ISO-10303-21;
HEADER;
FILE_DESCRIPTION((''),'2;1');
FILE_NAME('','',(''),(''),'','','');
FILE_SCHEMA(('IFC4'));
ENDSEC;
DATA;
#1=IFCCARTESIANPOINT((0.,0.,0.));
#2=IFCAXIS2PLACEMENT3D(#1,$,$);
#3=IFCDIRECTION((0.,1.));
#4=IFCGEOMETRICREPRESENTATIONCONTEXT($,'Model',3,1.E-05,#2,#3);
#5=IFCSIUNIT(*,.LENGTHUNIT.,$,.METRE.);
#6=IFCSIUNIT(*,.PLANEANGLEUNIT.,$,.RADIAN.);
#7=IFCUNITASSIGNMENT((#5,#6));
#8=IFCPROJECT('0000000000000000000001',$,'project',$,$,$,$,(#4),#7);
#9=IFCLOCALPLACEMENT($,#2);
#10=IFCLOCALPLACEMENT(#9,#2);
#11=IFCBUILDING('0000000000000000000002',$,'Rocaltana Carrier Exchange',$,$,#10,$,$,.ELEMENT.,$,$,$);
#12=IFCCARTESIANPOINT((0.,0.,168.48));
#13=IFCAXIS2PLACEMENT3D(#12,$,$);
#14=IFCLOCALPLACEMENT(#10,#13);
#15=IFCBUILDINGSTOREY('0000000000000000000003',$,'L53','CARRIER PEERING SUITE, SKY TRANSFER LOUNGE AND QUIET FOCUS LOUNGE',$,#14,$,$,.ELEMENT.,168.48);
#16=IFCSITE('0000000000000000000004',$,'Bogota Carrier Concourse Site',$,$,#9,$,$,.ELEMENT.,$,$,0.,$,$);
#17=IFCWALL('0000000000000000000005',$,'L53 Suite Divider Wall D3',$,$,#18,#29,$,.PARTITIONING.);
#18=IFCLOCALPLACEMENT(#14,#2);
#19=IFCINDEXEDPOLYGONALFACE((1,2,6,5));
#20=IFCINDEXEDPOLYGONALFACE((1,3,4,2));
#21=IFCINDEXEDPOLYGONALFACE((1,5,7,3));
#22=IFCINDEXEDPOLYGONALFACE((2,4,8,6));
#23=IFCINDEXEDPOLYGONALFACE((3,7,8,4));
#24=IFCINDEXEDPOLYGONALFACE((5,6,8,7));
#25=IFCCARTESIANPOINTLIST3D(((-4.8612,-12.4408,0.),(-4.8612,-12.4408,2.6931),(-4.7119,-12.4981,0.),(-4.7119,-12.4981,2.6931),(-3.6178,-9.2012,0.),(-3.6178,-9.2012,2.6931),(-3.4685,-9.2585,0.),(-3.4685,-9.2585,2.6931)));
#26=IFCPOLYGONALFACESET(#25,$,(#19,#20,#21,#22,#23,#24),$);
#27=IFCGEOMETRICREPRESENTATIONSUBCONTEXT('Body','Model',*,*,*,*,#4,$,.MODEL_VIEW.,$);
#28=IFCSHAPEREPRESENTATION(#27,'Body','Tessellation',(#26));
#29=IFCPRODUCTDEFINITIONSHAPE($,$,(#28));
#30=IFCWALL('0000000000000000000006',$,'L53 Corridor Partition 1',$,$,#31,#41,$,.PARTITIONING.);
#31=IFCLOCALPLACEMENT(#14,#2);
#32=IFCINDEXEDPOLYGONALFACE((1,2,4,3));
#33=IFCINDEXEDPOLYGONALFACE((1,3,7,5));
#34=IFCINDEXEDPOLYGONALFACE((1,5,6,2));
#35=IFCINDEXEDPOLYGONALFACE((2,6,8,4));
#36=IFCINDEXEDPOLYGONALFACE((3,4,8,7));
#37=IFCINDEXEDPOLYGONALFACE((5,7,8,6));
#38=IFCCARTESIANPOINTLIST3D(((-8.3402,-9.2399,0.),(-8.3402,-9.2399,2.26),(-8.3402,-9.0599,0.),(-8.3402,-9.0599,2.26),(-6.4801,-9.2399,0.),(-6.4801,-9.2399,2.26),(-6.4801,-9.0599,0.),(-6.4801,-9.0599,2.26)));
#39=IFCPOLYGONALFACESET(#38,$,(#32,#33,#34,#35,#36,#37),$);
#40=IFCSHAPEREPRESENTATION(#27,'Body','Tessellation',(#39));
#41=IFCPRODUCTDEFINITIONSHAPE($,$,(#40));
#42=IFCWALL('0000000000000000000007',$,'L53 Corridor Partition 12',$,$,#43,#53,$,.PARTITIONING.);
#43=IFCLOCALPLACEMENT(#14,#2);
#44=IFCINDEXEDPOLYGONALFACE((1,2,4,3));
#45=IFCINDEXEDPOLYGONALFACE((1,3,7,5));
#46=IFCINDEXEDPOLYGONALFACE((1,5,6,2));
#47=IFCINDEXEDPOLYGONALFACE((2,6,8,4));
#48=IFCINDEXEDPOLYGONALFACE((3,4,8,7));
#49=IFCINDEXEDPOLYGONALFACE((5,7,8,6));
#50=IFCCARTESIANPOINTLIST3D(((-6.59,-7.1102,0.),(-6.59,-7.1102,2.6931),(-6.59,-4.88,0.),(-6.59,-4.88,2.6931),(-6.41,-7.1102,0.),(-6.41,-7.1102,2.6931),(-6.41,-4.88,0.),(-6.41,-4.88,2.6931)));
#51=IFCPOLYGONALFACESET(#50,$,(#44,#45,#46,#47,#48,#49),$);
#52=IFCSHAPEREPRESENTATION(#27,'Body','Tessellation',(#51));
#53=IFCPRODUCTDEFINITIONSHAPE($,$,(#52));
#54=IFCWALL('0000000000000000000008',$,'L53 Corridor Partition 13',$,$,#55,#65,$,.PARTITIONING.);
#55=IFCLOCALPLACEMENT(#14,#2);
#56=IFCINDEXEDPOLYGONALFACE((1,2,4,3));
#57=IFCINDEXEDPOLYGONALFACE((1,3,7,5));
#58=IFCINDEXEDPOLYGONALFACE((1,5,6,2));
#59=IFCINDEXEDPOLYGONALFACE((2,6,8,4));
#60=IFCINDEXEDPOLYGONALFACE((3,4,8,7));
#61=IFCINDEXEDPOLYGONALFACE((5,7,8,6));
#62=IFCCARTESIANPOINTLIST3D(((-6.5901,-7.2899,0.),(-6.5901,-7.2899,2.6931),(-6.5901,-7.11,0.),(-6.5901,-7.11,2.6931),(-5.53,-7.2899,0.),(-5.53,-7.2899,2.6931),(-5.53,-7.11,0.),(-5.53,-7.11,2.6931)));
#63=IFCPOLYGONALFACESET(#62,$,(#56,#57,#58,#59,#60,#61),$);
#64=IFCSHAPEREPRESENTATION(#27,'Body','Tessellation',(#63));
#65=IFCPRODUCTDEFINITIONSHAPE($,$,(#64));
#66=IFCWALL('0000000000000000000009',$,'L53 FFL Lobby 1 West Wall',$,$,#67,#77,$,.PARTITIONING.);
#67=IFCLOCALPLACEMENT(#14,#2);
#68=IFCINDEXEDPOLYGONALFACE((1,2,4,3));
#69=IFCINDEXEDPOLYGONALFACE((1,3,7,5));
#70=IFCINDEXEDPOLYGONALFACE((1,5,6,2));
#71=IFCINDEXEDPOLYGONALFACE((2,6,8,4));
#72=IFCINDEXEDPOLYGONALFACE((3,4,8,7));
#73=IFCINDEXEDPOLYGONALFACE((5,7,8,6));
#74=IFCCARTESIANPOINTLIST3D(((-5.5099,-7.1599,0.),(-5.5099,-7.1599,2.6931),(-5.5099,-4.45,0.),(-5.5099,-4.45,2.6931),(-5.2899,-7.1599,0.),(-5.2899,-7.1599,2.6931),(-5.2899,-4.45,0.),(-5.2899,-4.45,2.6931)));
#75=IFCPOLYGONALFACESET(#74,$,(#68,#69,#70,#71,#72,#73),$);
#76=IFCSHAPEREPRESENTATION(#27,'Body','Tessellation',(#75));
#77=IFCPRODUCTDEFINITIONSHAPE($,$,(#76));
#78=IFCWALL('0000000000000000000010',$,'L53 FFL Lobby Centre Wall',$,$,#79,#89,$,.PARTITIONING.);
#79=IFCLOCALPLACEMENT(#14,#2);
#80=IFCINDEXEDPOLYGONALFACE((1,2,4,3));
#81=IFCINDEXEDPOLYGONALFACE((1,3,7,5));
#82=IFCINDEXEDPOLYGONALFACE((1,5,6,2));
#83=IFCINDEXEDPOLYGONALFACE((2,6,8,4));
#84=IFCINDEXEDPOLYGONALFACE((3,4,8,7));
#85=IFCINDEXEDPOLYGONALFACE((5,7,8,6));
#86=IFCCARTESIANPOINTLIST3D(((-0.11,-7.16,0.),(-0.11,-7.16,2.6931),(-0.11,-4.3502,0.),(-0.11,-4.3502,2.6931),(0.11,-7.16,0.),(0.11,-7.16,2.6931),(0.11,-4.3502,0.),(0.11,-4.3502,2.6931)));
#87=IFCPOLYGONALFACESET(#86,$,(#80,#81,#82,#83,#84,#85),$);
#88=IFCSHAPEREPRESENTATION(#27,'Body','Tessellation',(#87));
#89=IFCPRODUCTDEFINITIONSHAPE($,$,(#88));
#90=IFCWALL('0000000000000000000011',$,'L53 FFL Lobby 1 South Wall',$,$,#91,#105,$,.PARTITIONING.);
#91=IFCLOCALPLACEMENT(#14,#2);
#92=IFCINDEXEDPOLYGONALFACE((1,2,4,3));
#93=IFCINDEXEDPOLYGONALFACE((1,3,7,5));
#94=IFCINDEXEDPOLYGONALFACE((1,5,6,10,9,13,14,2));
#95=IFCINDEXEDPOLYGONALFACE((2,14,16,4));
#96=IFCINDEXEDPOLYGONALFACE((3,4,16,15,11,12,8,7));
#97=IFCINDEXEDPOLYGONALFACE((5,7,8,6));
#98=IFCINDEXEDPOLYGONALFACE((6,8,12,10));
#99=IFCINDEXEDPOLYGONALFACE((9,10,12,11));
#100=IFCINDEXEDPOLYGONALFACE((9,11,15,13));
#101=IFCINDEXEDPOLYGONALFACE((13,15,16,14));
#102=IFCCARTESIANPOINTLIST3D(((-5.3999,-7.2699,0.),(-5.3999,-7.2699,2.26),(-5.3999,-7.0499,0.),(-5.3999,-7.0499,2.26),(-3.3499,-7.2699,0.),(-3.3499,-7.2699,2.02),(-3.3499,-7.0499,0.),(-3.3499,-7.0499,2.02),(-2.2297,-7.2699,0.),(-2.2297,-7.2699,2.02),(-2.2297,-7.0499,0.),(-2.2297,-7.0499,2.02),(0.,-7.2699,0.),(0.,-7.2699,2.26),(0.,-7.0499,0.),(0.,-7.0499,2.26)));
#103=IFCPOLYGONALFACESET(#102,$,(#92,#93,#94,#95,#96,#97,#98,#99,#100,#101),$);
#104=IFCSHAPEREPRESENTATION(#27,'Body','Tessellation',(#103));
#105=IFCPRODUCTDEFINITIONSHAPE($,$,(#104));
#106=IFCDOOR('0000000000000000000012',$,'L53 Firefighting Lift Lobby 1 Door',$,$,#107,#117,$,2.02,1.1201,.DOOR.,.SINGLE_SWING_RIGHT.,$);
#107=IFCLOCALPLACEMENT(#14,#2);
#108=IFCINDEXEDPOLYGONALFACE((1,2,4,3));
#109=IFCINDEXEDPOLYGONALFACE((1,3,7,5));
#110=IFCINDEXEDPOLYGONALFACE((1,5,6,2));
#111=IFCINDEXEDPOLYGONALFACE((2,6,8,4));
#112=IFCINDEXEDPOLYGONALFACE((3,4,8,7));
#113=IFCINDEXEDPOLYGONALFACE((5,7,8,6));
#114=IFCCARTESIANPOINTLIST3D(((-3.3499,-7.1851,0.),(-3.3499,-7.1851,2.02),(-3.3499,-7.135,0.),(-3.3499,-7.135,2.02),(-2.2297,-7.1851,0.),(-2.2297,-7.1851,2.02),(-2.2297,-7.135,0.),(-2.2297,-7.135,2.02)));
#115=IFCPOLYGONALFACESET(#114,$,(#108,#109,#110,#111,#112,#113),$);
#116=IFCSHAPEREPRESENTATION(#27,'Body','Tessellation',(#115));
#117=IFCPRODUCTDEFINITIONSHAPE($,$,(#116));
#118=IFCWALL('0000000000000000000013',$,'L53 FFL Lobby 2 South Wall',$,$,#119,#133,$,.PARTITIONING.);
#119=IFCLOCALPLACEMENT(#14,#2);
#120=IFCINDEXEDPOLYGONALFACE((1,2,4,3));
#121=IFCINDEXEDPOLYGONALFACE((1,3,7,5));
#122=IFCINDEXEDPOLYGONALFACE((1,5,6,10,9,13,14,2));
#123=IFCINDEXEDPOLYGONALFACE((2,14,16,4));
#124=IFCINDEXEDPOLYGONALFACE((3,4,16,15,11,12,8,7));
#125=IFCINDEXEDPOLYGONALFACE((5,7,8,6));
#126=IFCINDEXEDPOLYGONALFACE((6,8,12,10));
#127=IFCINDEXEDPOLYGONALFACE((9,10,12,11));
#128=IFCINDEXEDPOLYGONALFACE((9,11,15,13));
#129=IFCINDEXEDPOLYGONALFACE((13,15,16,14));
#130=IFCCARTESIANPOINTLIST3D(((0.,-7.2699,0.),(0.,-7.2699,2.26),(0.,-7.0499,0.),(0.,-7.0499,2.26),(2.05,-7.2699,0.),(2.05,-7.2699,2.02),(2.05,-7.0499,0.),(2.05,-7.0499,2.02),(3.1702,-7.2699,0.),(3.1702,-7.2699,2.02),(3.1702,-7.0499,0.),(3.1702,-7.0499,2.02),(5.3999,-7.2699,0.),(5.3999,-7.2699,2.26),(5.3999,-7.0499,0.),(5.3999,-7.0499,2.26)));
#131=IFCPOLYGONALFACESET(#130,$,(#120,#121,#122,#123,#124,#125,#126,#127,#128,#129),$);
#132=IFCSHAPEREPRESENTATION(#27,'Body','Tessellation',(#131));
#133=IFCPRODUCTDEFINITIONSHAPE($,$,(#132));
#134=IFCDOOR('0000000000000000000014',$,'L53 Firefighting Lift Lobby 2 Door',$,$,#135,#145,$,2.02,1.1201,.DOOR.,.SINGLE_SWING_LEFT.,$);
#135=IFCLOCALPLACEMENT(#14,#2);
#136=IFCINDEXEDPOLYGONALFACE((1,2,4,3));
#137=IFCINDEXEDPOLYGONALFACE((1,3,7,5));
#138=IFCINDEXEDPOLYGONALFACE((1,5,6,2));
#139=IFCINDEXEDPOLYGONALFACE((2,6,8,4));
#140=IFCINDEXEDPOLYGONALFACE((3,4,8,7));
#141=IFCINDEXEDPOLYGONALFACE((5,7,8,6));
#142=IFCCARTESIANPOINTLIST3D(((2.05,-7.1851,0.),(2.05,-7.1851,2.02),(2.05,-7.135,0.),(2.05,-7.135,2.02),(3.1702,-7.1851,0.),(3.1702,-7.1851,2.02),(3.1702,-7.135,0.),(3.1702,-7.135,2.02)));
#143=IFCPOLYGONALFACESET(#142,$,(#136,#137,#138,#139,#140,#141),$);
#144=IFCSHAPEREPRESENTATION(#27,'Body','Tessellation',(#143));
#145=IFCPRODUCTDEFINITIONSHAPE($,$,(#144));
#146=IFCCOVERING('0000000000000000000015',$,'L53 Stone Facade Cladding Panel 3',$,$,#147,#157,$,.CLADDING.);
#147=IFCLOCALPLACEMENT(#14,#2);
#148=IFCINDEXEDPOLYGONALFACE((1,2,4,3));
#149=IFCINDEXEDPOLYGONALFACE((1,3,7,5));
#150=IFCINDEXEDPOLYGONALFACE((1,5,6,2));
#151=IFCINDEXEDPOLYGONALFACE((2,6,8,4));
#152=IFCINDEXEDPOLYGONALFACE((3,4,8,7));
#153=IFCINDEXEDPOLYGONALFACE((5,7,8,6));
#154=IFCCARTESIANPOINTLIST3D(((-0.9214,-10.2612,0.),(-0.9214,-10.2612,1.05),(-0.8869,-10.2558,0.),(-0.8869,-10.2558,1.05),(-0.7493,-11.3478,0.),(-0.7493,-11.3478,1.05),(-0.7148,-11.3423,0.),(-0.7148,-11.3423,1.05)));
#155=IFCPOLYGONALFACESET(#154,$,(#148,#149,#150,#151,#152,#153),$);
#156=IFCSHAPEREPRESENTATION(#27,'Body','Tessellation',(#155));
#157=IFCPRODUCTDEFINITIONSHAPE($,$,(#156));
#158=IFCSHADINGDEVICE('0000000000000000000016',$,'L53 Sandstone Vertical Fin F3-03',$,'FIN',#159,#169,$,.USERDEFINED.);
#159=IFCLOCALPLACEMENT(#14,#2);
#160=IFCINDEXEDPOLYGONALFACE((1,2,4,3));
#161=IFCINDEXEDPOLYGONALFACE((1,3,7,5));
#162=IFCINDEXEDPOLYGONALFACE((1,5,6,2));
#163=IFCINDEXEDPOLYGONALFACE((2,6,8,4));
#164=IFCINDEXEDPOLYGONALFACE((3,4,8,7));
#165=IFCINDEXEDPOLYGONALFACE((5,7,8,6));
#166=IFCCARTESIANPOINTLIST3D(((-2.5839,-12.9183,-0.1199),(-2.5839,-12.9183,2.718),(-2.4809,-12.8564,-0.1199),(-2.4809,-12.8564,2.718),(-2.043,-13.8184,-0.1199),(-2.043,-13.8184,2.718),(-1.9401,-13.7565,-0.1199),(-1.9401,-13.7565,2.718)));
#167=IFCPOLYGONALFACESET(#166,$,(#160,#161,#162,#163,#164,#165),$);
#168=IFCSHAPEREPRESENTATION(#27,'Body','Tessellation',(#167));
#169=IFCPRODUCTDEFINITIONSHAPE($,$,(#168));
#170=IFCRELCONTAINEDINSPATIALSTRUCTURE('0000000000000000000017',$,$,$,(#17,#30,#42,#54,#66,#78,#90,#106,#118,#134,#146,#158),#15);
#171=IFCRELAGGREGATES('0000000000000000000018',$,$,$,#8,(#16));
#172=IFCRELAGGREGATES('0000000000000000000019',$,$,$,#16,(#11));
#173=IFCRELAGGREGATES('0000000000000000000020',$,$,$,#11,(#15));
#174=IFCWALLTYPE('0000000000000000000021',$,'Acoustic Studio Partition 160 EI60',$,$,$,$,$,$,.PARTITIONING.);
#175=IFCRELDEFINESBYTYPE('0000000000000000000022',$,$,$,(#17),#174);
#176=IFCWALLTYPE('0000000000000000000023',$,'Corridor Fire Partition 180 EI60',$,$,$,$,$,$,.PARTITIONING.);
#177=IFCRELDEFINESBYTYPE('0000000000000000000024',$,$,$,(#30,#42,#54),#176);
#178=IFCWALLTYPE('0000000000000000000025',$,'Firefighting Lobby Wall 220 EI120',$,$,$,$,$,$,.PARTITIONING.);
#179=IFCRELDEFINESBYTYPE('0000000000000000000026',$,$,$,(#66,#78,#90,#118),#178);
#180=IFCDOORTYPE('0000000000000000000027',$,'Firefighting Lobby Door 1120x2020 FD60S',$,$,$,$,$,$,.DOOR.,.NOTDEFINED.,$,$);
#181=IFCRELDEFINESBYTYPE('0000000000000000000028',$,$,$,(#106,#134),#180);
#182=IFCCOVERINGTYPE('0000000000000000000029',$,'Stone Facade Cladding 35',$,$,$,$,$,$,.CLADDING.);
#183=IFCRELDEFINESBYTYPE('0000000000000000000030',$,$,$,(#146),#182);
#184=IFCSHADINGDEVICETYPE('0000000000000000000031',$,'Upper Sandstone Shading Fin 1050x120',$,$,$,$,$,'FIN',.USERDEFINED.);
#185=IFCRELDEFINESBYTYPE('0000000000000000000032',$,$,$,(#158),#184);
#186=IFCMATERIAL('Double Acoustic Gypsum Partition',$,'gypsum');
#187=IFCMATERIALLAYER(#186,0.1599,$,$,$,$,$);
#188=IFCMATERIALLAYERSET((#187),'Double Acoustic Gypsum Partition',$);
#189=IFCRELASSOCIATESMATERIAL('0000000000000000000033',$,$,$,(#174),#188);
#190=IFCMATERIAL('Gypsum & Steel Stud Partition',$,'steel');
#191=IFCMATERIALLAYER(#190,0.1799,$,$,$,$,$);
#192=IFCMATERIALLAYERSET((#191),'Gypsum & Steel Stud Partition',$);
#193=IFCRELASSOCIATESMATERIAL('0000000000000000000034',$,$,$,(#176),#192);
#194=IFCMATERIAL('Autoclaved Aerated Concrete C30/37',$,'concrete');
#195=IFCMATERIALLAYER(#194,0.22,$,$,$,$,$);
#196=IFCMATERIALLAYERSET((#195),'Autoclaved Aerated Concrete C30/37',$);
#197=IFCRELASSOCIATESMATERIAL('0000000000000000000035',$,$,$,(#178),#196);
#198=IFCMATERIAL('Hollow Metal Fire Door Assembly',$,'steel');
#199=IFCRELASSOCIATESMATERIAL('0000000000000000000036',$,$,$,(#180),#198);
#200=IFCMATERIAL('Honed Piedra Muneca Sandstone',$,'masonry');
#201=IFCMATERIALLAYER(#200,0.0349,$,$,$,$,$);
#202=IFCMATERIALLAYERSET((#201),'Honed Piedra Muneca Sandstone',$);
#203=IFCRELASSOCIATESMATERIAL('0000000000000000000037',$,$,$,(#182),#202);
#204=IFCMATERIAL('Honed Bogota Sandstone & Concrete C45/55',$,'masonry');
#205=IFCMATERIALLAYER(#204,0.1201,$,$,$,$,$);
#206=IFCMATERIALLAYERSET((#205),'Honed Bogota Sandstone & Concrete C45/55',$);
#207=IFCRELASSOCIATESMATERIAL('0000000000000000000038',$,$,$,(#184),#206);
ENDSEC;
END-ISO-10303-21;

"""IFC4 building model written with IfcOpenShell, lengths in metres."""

from ifc_helpers import new_model, si_unit, direction, frame, frame_2d, origin, origin_2d, place, context, subcontext, project, spatial, rectangle, extrude, material, layer, layer_set, type_object, element, fill, save


model = new_model("IFC4")

# Units and contexts
model_context = context("Model", 3, precision=1e-05, world=origin(), true_north=direction((0.0, 1.0)))
body_context = subcontext(model_context, "Body", "Model", "MODEL_VIEW")
ifc_project = project(units=[si_unit("LENGTHUNIT", "METRE"), si_unit("PLANEANGLEUNIT", "RADIAN")], contexts=[model_context])

# Site, building, storey
site_placement = place(None, origin())
site = spatial("IfcSite", under=ifc_project, at=site_placement, Name="Bogota Carrier Concourse Site", CompositionType="ELEMENT", RefElevation=0.0)
building_placement = place(site_placement, origin())
building = spatial("IfcBuilding", under=site, at=building_placement, Name="Rocaltana Carrier Exchange", CompositionType="ELEMENT")
storey_placement = place(building_placement, frame((0.0, 0.0, 168.48)))
storey = spatial("IfcBuildingStorey", under=building, at=storey_placement, Name="L53", Description="CARRIER PEERING SUITE, SKY TRANSFER LOUNGE AND QUIET FOCUS LOUNGE", CompositionType="ELEMENT", Elevation=168.48)

# Walls
ifc_material_1 = material(Name="Double Acoustic Gypsum Partition", Category="gypsum")
ifc_layer_1 = layer(ifc_material_1, 0.1599)
ifc_layer_set_1 = layer_set([ifc_layer_1], Name="Double Acoustic Gypsum Partition")
wall_type_1 = type_object("IfcWallType", Name="Acoustic Studio Partition 160 EI60", PredefinedType="PARTITIONING", material=ifc_layer_set_1)
wall_1_placement = place(storey_placement, frame((-3.5432, -9.23, 0.0), z_axis=(0.0, 0.0, 1.0), x_axis=(-0.358338, -0.933592, 0.0)))
element("IfcWall", 1, at=wall_1_placement, inside=storey, type_object=wall_type_1, Name="L53 Suite Divider Wall D3", PredefinedType="PARTITIONING", context=body_context, shape_type="SweptSolid", body=[
    extrude(rectangle(XDim=3.47, YDim=0.1599, at=frame_2d((1.7349, 0.0))), origin(), (0.0, 0.0, 1.0), 2.6931),
])
ifc_material_2 = material(Name="Gypsum & Steel Stud Partition", Category="steel")
ifc_layer_2 = layer(ifc_material_2, 0.1799)
ifc_layer_set_2 = layer_set([ifc_layer_2], Name="Gypsum & Steel Stud Partition")
wall_type_2 = type_object("IfcWallType", Name="Corridor Fire Partition 180 EI60", PredefinedType="PARTITIONING", material=ifc_layer_set_2)
wall_2_placement = place(storey_placement, frame((-6.48, -9.1499, 0.0), z_axis=(0.0, 0.0, 1.0), x_axis=(-1.0, 0.0, 0.0)))
element("IfcWall", 2, at=wall_2_placement, inside=storey, type_object=wall_type_2, Name="L53 Corridor Partition 1", PredefinedType="PARTITIONING", context=body_context, shape_type="SweptSolid", body=[
    extrude(rectangle(XDim=1.8601, YDim=0.1799, at=frame_2d((0.9302, 0.0))), origin(), (0.0, 0.0, 1.0), 2.26),
])
wall_3_placement = place(storey_placement, frame((-6.5, -4.8799, 0.0), z_axis=(0.0, 0.0, 1.0), x_axis=(0.0, -1.0, 0.0)))
element("IfcWall", 3, at=wall_3_placement, inside=storey, type_object=wall_type_2, Name="L53 Corridor Partition 12", PredefinedType="PARTITIONING", context=body_context, shape_type="SweptSolid", body=[
    extrude(rectangle(XDim=2.2302, YDim=0.1799, at=frame_2d((1.1152, 0.0))), origin(), (0.0, 0.0, 1.0), 2.6931),
])
wall_4_placement = place(storey_placement, frame((-6.5901, -7.2, 0.0), z_axis=(0.0, 0.0, 1.0), x_axis=(1.0, 0.0, 0.0)))
element("IfcWall", 4, at=wall_4_placement, inside=storey, type_object=wall_type_2, Name="L53 Corridor Partition 13", PredefinedType="PARTITIONING", context=body_context, shape_type="SweptSolid", body=[
    extrude(rectangle(XDim=1.0601, YDim=0.1799, at=frame_2d((0.53, 0.0))), origin(), (0.0, 0.0, 1.0), 2.6931),
])
ifc_material_3 = material(Name="Autoclaved Aerated Concrete C30/37", Category="concrete")
ifc_layer_3 = layer(ifc_material_3, 0.22)
ifc_layer_set_3 = layer_set([ifc_layer_3], Name="Autoclaved Aerated Concrete C30/37")
wall_type_3 = type_object("IfcWallType", Name="Firefighting Lobby Wall 220 EI120", PredefinedType="PARTITIONING", material=ifc_layer_set_3)
wall_5_placement = place(storey_placement, frame((-5.3999, -7.1599, 0.0), z_axis=(0.0, 0.0, 1.0), x_axis=(0.0, 1.0, 0.0)))
element("IfcWall", 5, at=wall_5_placement, inside=storey, type_object=wall_type_3, Name="L53 FFL Lobby 1 West Wall", PredefinedType="PARTITIONING", context=body_context, shape_type="SweptSolid", body=[
    extrude(rectangle(XDim=2.71, YDim=0.22, at=frame_2d((1.355, 0.0))), origin(), (0.0, 0.0, 1.0), 2.6931),
])
wall_6_placement = place(storey_placement, frame((0.0, -7.1599, 0.0), z_axis=(0.0, 0.0, 1.0), x_axis=(0.0, 1.0, 0.0)))
element("IfcWall", 6, at=wall_6_placement, inside=storey, type_object=wall_type_3, Name="L53 FFL Lobby Centre Wall", PredefinedType="PARTITIONING", context=body_context, shape_type="SweptSolid", body=[
    extrude(rectangle(XDim=2.8098, YDim=0.22, at=frame_2d((1.4048, 0.0))), origin(), (0.0, 0.0, 1.0), 2.6931),
])

# Walls, openings, doors
wall_7_placement = place(storey_placement, frame((-5.3999, -7.1599, 0.0), z_axis=(0.0, 0.0, 1.0), x_axis=(1.0, 0.0, 0.0)))
wall_7 = element("IfcWall", 7, at=wall_7_placement, inside=storey, type_object=wall_type_3, Name="L53 FFL Lobby 1 South Wall", PredefinedType="PARTITIONING", context=body_context, shape_type="SweptSolid", body=[
    extrude(rectangle(XDim=5.3999, YDim=0.22, at=frame_2d((2.7, 0.0))), origin(), (0.0, 0.0, 1.0), 2.26),
])
opening_1_placement = place(wall_7_placement, frame((2.05, 0.0, 0.0)))
opening_1 = element("IfcOpeningElement", 8, at=opening_1_placement, cuts=wall_7, PredefinedType="OPENING", context=body_context, shape_type="SweptSolid", body=[
    extrude(rectangle(XDim=1.1201, YDim=2.02, at=frame_2d((0.5601, 1.01))), frame((0.0, 0.1199, 0.0), z_axis=(0.0, -1.0, 0.0), x_axis=(1.0, 0.0, 0.0)), (0.0, 0.0, 1.0), 0.24),
])
ifc_material_4 = material(Name="Hollow Metal Fire Door Assembly", Category="steel")
door_type = type_object("IfcDoorType", Name="Firefighting Lobby Door 1120x2020 FD60S", OperationType="NOTDEFINED", PredefinedType="DOOR", material=ifc_material_4)
door_1_placement = place(opening_1_placement, origin())
door_1 = element("IfcDoor", 9, at=door_1_placement, inside=storey, type_object=door_type, Name="L53 Firefighting Lift Lobby 1 Door", OperationType="SINGLE_SWING_RIGHT", OverallHeight=2.02, OverallWidth=1.1201, PredefinedType="DOOR", context=body_context, shape_type="SweptSolid", body=[
    extrude(rectangle(XDim=1.1201, YDim=2.02, at=frame_2d((0.5601, 1.01))), frame((0.0, 0.0249, 0.0), z_axis=(0.0, -1.0, 0.0), x_axis=(1.0, 0.0, 0.0)), (0.0, 0.0, 1.0), 0.05),
])
fill(opening_1, door_1)
wall_8_placement = place(storey_placement, frame((0.0, -7.1599, 0.0), z_axis=(0.0, 0.0, 1.0), x_axis=(1.0, 0.0, 0.0)))
wall_8 = element("IfcWall", 10, at=wall_8_placement, inside=storey, type_object=wall_type_3, Name="L53 FFL Lobby 2 South Wall", PredefinedType="PARTITIONING", context=body_context, shape_type="SweptSolid", body=[
    extrude(rectangle(XDim=5.3999, YDim=0.22, at=frame_2d((2.7, 0.0))), origin(), (0.0, 0.0, 1.0), 2.26),
])
opening_2_placement = place(wall_8_placement, frame((2.05, 0.0, 0.0)))
opening_2 = element("IfcOpeningElement", 11, at=opening_2_placement, cuts=wall_8, PredefinedType="OPENING", context=body_context, shape_type="SweptSolid", body=[
    extrude(rectangle(XDim=1.1201, YDim=2.02, at=frame_2d((0.5601, 1.01))), frame((0.0, 0.1199, 0.0), z_axis=(0.0, -1.0, 0.0), x_axis=(1.0, 0.0, 0.0)), (0.0, 0.0, 1.0), 0.24),
])
door_2_placement = place(opening_2_placement, origin())
door_2 = element("IfcDoor", 12, at=door_2_placement, inside=storey, type_object=door_type, Name="L53 Firefighting Lift Lobby 2 Door", OperationType="SINGLE_SWING_LEFT", OverallHeight=2.02, OverallWidth=1.1201, PredefinedType="DOOR", context=body_context, shape_type="SweptSolid", body=[
    extrude(rectangle(XDim=1.1201, YDim=2.02, at=frame_2d((0.5601, 1.01))), frame((0.0, 0.0249, 0.0), z_axis=(0.0, -1.0, 0.0), x_axis=(1.0, 0.0, 0.0)), (0.0, 0.0, 1.0), 0.05),
])
fill(opening_2, door_2)

# Covering
ifc_material_5 = material(Name="Honed Piedra Muneca Sandstone", Category="masonry")
ifc_layer_4 = layer(ifc_material_5, 0.0349)
ifc_layer_set_4 = layer_set([ifc_layer_4], Name="Honed Piedra Muneca Sandstone")
covering_type = type_object("IfcCoveringType", Name="Stone Facade Cladding 35", PredefinedType="CLADDING", material=ifc_layer_set_4)
covering_placement = place(storey_placement, frame((-0.8181, -10.8018, 0.0), z_axis=(0.0, 0.0, 1.0), x_axis=(-0.156434, 0.987688, 0.0)))
element("IfcCovering", 13, at=covering_placement, inside=storey, type_object=covering_type, Name="L53 Stone Facade Cladding Panel 3", PredefinedType="CLADDING", context=body_context, shape_type="SweptSolid", body=[
    extrude(rectangle(XDim=1.1001, YDim=0.0349, at=origin_2d()), origin(), (0.0, 0.0, 1.0), 1.05),
])

# Shading device
ifc_material_6 = material(Name="Honed Bogota Sandstone & Concrete C45/55", Category="masonry")
ifc_layer_5 = layer(ifc_material_6, 0.1201)
ifc_layer_set_5 = layer_set([ifc_layer_5], Name="Honed Bogota Sandstone & Concrete C45/55")
shading_device_type = type_object("IfcShadingDeviceType", Name="Upper Sandstone Shading Fin 1050x120", ElementType="FIN", PredefinedType="USERDEFINED", material=ifc_layer_set_5)
shading_device_placement = place(storey_placement, frame((-2.262, -13.3374, -0.1199), z_axis=(0.0, 0.0, 1.0), x_axis=(0.515038, -0.857167, 0.0)))
element("IfcShadingDevice", 14, at=shading_device_placement, inside=storey, type_object=shading_device_type, Name="L53 Sandstone Vertical Fin F3-03", ObjectType="FIN", PredefinedType="USERDEFINED", context=body_context, shape_type="SweptSolid", body=[
    extrude(rectangle(XDim=1.05, YDim=0.1201, at=origin_2d()), origin(), (0.0, 0.0, 1.0), 2.8379),
])

save(model, "model.ifc")
